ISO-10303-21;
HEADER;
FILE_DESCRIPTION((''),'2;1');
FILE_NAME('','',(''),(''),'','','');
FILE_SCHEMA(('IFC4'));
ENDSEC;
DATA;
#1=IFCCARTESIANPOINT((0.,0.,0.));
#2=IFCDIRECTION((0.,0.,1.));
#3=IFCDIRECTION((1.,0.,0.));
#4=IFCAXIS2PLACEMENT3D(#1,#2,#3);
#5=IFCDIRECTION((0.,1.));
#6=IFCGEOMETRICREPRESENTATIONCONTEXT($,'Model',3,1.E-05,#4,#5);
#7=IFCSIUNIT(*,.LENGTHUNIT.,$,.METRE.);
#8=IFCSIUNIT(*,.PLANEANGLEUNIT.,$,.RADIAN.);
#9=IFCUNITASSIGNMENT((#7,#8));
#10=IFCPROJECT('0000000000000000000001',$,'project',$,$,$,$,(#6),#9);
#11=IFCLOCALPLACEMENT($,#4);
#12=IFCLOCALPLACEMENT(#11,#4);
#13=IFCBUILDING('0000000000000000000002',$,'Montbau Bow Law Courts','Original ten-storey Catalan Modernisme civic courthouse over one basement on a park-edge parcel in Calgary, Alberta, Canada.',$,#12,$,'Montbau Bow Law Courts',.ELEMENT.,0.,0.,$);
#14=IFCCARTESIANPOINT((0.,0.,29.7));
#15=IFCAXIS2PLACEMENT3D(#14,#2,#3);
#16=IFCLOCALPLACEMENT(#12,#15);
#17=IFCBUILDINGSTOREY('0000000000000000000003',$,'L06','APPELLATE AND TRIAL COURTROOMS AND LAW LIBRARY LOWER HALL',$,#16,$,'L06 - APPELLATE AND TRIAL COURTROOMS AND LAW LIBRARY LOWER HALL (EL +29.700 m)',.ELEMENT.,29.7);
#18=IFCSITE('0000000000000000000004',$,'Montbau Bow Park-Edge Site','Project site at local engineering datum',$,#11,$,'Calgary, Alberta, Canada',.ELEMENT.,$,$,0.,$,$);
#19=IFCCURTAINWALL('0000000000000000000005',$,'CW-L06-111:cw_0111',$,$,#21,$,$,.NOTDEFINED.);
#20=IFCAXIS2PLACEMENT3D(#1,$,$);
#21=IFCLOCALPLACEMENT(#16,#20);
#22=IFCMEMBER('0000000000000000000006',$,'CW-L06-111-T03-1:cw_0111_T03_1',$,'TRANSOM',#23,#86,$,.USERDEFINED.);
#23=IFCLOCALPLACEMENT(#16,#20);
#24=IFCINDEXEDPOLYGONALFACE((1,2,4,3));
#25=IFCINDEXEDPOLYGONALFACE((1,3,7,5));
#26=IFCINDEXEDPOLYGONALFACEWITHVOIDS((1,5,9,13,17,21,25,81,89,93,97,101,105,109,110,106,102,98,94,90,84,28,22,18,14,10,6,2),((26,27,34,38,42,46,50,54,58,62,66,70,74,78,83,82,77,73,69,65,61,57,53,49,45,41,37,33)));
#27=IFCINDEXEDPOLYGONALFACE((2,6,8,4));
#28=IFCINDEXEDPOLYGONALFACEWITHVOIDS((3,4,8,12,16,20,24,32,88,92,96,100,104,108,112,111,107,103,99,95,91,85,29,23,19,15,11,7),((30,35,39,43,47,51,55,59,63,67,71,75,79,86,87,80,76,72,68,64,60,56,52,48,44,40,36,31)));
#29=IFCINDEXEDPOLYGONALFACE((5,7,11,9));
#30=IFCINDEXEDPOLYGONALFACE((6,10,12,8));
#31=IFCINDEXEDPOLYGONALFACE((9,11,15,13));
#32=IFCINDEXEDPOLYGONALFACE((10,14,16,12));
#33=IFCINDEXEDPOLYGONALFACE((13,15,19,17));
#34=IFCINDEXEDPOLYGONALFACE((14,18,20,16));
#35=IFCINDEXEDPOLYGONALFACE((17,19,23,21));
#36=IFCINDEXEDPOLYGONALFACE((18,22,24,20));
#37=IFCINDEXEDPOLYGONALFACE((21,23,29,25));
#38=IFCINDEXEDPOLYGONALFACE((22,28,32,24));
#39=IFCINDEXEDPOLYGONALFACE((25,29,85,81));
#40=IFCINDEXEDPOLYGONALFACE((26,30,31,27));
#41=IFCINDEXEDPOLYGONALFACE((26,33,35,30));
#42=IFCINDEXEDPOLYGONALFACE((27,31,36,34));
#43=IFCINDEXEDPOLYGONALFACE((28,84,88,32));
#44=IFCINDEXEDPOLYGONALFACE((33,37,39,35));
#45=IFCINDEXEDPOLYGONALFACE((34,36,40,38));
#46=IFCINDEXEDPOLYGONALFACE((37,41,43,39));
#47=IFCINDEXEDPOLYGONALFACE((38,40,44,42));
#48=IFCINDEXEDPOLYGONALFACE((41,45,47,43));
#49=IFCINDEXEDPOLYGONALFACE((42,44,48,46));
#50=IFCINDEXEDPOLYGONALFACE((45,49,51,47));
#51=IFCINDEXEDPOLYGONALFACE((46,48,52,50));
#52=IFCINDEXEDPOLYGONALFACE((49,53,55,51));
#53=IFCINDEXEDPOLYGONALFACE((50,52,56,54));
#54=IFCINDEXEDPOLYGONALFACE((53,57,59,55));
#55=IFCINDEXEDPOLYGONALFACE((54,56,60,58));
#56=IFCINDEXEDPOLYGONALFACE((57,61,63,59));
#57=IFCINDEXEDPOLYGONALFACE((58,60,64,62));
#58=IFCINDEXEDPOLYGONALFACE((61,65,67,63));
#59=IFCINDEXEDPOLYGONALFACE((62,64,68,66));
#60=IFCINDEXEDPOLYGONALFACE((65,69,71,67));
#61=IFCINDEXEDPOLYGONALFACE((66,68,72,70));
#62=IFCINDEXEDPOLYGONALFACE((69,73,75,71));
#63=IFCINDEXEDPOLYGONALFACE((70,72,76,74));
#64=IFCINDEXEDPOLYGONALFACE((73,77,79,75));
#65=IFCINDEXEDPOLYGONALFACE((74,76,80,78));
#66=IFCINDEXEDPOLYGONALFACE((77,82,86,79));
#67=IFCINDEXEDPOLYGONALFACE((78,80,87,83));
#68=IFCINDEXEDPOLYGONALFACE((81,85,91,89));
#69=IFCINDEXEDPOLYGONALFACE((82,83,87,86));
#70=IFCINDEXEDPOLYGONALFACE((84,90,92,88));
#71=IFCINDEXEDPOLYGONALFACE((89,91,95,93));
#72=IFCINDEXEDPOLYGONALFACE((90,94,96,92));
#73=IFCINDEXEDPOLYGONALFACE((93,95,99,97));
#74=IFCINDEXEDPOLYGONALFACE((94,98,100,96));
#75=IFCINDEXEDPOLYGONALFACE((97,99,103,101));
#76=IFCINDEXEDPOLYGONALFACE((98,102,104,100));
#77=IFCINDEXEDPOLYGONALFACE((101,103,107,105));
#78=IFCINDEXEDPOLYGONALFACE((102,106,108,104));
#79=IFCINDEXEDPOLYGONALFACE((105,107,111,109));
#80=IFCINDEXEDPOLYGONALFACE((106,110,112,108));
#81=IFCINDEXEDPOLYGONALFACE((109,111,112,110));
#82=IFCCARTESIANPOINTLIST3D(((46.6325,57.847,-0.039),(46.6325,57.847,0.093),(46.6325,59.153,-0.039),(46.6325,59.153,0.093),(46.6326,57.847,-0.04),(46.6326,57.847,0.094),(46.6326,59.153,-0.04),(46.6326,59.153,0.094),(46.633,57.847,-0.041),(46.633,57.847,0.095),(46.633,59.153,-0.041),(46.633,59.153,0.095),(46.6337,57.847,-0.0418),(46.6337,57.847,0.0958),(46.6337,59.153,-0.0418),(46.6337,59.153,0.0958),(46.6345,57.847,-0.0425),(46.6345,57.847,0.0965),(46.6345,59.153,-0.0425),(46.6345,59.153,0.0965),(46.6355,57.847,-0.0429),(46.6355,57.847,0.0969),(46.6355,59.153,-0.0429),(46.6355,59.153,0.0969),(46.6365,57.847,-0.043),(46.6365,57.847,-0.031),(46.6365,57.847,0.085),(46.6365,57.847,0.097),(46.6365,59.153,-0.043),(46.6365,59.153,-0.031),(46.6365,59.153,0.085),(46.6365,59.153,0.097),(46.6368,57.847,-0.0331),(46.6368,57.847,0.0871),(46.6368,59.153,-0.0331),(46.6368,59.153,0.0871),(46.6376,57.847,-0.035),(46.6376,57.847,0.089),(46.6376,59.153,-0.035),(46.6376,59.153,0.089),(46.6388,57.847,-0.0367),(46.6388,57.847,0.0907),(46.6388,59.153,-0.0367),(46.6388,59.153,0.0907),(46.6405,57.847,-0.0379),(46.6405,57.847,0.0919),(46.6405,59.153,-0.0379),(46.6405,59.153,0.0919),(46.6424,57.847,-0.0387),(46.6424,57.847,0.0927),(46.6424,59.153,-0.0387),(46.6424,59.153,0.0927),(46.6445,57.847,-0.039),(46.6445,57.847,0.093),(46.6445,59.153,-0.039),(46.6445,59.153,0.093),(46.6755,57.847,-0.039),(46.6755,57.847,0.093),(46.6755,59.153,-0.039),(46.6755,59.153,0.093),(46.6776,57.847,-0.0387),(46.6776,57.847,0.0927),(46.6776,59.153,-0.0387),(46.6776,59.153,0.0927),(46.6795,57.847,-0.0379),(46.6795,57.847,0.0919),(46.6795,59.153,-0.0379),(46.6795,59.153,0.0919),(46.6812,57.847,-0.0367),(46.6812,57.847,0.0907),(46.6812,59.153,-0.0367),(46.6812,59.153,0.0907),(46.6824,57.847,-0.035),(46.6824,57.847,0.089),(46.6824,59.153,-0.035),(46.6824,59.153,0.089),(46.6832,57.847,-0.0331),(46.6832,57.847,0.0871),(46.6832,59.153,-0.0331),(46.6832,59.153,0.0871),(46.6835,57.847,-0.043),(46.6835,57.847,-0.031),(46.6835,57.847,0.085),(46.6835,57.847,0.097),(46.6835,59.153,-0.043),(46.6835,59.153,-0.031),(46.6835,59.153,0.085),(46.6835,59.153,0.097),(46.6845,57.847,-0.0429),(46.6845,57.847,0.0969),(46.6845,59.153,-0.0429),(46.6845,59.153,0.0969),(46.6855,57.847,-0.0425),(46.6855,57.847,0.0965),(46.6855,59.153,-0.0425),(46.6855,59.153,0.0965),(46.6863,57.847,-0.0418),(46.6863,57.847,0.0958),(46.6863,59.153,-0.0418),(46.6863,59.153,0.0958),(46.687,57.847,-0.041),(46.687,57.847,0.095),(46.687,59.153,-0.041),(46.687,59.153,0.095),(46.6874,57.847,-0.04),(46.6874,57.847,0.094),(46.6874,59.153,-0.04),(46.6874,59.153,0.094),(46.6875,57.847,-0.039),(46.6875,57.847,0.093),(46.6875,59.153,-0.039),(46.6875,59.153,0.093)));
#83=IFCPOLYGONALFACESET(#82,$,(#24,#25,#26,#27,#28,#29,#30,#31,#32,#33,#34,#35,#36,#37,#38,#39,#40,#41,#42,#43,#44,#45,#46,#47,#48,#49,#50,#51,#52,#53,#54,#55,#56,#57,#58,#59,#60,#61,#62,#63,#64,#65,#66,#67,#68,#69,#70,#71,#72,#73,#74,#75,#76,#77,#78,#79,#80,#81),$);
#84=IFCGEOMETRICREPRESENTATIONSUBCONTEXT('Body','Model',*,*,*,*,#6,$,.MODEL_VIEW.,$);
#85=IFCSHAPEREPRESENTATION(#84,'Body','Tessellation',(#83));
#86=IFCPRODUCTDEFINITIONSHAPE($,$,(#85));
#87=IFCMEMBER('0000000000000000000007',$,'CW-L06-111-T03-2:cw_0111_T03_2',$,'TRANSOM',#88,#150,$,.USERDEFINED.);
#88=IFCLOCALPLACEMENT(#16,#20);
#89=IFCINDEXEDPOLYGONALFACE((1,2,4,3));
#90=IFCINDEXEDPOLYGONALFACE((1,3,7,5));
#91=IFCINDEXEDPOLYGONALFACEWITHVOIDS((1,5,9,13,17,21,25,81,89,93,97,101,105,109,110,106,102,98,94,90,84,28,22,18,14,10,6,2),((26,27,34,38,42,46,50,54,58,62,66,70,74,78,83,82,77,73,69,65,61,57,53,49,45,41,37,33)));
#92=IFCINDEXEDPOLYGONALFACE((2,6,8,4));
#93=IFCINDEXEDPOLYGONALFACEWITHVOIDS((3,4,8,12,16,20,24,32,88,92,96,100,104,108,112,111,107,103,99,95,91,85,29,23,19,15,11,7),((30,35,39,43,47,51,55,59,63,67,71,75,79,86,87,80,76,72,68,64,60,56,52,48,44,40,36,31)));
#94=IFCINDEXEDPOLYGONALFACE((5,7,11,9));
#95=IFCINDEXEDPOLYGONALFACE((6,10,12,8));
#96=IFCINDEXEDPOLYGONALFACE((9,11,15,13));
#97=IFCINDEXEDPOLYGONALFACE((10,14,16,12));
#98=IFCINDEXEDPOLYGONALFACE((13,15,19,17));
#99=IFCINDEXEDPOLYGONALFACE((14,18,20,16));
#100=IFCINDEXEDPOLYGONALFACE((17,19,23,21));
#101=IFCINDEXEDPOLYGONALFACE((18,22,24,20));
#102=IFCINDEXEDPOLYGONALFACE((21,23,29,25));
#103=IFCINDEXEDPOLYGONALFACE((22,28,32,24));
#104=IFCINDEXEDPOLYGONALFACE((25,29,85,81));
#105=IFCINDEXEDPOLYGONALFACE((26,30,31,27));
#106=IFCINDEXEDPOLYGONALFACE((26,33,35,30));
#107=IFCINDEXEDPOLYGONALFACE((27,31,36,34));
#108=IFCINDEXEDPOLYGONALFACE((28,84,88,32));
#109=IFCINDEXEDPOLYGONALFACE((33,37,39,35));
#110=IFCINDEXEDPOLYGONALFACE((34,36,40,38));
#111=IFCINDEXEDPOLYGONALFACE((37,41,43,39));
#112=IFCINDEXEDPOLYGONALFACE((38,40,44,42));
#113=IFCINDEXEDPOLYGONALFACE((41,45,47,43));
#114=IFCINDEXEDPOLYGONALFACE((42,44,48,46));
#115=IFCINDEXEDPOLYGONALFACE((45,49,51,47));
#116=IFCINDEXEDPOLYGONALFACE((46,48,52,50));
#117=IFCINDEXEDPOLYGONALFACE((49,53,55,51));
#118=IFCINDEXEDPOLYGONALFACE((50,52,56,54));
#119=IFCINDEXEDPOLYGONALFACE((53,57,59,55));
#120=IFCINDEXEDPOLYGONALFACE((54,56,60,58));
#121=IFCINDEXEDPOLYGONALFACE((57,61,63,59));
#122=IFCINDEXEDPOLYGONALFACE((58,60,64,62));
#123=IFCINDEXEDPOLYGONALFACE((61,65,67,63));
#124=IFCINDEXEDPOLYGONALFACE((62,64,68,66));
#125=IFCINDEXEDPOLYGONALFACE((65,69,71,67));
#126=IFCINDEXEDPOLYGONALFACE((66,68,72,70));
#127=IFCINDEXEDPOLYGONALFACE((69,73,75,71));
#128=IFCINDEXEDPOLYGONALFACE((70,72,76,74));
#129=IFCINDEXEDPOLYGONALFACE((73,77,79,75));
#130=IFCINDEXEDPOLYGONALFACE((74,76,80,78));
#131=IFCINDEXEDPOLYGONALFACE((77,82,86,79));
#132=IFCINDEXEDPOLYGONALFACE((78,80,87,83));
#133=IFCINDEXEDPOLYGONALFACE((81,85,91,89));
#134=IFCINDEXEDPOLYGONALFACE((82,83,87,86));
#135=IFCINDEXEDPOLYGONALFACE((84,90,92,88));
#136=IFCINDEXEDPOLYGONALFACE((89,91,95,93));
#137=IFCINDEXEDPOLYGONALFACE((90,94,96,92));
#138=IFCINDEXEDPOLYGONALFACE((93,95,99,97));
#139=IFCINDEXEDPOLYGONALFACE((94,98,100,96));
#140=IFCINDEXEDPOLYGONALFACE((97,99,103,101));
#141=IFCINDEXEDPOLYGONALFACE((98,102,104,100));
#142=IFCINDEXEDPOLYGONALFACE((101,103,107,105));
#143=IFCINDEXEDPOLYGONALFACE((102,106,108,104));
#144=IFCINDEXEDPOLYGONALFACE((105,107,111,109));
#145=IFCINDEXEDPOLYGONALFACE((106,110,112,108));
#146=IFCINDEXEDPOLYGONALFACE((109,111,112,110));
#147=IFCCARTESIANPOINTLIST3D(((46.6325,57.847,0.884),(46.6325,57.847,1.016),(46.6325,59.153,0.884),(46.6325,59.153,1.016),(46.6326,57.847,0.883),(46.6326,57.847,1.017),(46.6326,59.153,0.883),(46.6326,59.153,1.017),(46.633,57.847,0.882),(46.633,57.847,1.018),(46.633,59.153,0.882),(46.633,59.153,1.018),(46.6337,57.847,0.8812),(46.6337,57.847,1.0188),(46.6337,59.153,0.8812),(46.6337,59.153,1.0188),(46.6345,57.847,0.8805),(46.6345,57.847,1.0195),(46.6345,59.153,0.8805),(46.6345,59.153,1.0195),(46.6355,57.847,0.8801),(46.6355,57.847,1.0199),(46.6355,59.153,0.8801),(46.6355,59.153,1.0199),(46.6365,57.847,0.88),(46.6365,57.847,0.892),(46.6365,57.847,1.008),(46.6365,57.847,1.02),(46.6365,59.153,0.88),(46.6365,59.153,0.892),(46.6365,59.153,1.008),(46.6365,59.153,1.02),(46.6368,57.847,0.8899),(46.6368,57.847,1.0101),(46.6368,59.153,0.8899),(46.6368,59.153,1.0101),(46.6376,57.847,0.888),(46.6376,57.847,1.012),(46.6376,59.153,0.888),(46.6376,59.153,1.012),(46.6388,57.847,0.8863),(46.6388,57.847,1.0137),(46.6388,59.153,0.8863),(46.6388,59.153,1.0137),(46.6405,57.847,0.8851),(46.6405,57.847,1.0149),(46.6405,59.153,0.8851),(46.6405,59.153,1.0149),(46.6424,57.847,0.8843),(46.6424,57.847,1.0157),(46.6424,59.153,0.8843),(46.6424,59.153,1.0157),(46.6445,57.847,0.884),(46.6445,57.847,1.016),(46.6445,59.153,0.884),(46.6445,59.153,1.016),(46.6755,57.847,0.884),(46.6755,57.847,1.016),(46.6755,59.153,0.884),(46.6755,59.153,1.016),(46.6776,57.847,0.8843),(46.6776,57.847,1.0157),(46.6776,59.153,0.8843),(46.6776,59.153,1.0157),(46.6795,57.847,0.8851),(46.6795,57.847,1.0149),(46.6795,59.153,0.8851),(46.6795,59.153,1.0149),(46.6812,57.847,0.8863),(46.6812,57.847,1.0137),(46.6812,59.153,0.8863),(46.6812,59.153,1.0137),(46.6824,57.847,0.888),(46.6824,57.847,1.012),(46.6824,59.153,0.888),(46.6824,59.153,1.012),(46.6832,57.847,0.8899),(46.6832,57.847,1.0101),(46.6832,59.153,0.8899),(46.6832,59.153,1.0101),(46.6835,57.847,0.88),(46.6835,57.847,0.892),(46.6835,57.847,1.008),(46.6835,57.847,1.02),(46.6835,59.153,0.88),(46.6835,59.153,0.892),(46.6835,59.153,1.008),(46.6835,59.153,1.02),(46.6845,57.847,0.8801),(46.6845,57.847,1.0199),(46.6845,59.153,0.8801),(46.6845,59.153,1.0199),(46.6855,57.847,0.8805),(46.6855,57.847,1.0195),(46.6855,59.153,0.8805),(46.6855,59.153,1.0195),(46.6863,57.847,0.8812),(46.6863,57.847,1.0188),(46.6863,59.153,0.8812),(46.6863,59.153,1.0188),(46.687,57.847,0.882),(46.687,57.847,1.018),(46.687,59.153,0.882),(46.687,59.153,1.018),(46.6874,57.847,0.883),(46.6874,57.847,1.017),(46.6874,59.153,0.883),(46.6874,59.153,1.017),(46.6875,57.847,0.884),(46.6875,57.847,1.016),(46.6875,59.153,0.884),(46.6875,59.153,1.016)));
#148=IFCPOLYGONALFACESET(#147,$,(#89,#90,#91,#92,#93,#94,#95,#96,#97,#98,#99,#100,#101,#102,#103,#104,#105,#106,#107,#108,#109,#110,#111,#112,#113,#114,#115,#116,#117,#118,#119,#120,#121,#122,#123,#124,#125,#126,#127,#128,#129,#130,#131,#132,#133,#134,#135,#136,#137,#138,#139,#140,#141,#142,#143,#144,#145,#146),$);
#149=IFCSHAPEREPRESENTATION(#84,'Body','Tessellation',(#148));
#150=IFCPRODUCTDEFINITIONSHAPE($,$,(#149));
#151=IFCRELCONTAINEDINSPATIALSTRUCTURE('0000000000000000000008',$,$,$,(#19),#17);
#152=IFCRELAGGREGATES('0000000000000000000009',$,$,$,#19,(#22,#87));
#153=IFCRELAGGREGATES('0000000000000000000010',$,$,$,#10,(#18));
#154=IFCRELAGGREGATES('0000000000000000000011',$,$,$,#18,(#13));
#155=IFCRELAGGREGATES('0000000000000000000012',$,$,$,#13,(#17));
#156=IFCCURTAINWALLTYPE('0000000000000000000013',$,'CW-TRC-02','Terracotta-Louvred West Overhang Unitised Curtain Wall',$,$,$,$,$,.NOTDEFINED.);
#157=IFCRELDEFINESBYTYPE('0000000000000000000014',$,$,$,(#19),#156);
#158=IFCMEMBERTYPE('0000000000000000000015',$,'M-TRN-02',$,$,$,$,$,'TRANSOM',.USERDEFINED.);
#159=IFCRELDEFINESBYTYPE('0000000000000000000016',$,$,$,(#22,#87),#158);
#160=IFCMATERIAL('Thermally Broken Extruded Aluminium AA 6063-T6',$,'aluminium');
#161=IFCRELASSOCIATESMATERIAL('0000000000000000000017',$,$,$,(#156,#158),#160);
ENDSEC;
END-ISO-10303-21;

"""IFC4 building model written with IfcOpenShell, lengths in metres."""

from ifc_helpers import new_model, si_unit, direction, frame, origin_with_axes, origin_2d_with_axis, place, context, subcontext, project, spatial, hollow_rectangle, extrude, material, material_profile, profile_set, type_object, element, aggregate, save


model = new_model("IFC4")

# Units and contexts
model_context = context("Model", 3, precision=1e-05, world=origin_with_axes(), true_north=direction((0.0, 1.0)))
body_context = subcontext(model_context, "Body", "Model", "MODEL_VIEW")
ifc_project = project(units=[si_unit("LENGTHUNIT", "METRE"), si_unit("PLANEANGLEUNIT", "RADIAN")], contexts=[model_context])

# Site, building, storey
site_placement = place(None, origin_with_axes())
site = spatial("IfcSite", under=ifc_project, at=site_placement, Name="Montbau Bow Park-Edge Site", Description="Project site at local engineering datum", LongName="Calgary, Alberta, Canada", CompositionType="ELEMENT", RefElevation=0.0)
building_placement = place(site_placement, origin_with_axes())
building = spatial("IfcBuilding", under=site, at=building_placement, Name="Montbau Bow Law Courts", Description="Original ten-storey Catalan Modernisme civic courthouse over one basement on a park-edge parcel in Calgary, Alberta, Canada.", LongName="Montbau Bow Law Courts", CompositionType="ELEMENT", ElevationOfRefHeight=0.0, ElevationOfTerrain=0.0)
storey_placement = place(building_placement, frame((0.0, 0.0, 29.7), z_axis=(0.0, 0.0, 1.0), x_axis=(1.0, 0.0, 0.0)))
storey = spatial("IfcBuildingStorey", under=building, at=storey_placement, Name="L06", Description="APPELLATE AND TRIAL COURTROOMS AND LAW LIBRARY LOWER HALL", LongName="L06 - APPELLATE AND TRIAL COURTROOMS AND LAW LIBRARY LOWER HALL (EL +29.700 m)", CompositionType="ELEMENT", Elevation=29.7)

# Curtain wall, members
ifc_material_1 = material(Name="Thermally Broken Extruded Aluminium AA 6063-T6", Category="aluminium")
curtain_wall_type = type_object("IfcCurtainWallType", Name="CW-TRC-02", Description="Terracotta-Louvred West Overhang Unitised Curtain Wall", PredefinedType="NOTDEFINED", material=ifc_material_1)
curtain_wall_1_placement = place(None, frame((46.66, 55.04, 29.7), z_axis=(0.0, 0.0, 1.0), x_axis=(1.0, 0.0, 0.0)))
curtain_wall_1 = element("IfcCurtainWall", 1, at=curtain_wall_1_placement, inside=storey, type_object=curtain_wall_type, Name="CW-L06-111:cw_0111", PredefinedType="NOTDEFINED")
ifc_material_profile_1 = material_profile(ifc_material_1, hollow_rectangle(XDim=0.055, YDim=0.14, WallThickness=0.004, InnerFilletRadius=0.008, OuterFilletRadius=0.004, at=origin_2d_with_axis()), Name="CWT-140X55", Category="Main", Priority=0)
ifc_profile_set_1 = profile_set([ifc_material_profile_1], Name="Thermally Broken Extruded Aluminium AA 6063-T6")
member_type_1 = type_object("IfcMemberType", Name="M-TRN-02", ElementType="TRANSOM", PredefinedType="USERDEFINED", material=ifc_profile_set_1)
member_1_placement = place(None, frame((46.66, 57.847, 29.727), z_axis=(0.0, 1.0, 0.0), x_axis=(-1.0, 0.0, 0.0)))
member_1 = element("IfcMember", 2, at=member_1_placement, type_object=member_type_1, Name="CW-L06-111-T03-1:cw_0111_T03_1", ObjectType="TRANSOM", PredefinedType="USERDEFINED", context=body_context, shape_type="SweptSolid", body=[
    extrude(hollow_rectangle(XDim=0.055, YDim=0.14, WallThickness=0.004, InnerFilletRadius=0.008, OuterFilletRadius=0.004, at=origin_2d_with_axis()), origin_with_axes(), (0.0, 0.0, 1.0), 1.306),
])
member_2_placement = place(None, frame((46.66, 57.847, 30.65), z_axis=(0.0, 1.0, 0.0), x_axis=(-1.0, 0.0, 0.0)))
member_2 = element("IfcMember", 3, at=member_2_placement, type_object=member_type_1, Name="CW-L06-111-T03-2:cw_0111_T03_2", ObjectType="TRANSOM", PredefinedType="USERDEFINED", context=body_context, shape_type="SweptSolid", body=[
    extrude(hollow_rectangle(XDim=0.055, YDim=0.14, WallThickness=0.004, InnerFilletRadius=0.008, OuterFilletRadius=0.004, at=origin_2d_with_axis()), origin_with_axes(), (0.0, 0.0, 1.0), 1.306),
])

aggregate(curtain_wall_1, [member_1, member_2])

save(model, "model.ifc")
